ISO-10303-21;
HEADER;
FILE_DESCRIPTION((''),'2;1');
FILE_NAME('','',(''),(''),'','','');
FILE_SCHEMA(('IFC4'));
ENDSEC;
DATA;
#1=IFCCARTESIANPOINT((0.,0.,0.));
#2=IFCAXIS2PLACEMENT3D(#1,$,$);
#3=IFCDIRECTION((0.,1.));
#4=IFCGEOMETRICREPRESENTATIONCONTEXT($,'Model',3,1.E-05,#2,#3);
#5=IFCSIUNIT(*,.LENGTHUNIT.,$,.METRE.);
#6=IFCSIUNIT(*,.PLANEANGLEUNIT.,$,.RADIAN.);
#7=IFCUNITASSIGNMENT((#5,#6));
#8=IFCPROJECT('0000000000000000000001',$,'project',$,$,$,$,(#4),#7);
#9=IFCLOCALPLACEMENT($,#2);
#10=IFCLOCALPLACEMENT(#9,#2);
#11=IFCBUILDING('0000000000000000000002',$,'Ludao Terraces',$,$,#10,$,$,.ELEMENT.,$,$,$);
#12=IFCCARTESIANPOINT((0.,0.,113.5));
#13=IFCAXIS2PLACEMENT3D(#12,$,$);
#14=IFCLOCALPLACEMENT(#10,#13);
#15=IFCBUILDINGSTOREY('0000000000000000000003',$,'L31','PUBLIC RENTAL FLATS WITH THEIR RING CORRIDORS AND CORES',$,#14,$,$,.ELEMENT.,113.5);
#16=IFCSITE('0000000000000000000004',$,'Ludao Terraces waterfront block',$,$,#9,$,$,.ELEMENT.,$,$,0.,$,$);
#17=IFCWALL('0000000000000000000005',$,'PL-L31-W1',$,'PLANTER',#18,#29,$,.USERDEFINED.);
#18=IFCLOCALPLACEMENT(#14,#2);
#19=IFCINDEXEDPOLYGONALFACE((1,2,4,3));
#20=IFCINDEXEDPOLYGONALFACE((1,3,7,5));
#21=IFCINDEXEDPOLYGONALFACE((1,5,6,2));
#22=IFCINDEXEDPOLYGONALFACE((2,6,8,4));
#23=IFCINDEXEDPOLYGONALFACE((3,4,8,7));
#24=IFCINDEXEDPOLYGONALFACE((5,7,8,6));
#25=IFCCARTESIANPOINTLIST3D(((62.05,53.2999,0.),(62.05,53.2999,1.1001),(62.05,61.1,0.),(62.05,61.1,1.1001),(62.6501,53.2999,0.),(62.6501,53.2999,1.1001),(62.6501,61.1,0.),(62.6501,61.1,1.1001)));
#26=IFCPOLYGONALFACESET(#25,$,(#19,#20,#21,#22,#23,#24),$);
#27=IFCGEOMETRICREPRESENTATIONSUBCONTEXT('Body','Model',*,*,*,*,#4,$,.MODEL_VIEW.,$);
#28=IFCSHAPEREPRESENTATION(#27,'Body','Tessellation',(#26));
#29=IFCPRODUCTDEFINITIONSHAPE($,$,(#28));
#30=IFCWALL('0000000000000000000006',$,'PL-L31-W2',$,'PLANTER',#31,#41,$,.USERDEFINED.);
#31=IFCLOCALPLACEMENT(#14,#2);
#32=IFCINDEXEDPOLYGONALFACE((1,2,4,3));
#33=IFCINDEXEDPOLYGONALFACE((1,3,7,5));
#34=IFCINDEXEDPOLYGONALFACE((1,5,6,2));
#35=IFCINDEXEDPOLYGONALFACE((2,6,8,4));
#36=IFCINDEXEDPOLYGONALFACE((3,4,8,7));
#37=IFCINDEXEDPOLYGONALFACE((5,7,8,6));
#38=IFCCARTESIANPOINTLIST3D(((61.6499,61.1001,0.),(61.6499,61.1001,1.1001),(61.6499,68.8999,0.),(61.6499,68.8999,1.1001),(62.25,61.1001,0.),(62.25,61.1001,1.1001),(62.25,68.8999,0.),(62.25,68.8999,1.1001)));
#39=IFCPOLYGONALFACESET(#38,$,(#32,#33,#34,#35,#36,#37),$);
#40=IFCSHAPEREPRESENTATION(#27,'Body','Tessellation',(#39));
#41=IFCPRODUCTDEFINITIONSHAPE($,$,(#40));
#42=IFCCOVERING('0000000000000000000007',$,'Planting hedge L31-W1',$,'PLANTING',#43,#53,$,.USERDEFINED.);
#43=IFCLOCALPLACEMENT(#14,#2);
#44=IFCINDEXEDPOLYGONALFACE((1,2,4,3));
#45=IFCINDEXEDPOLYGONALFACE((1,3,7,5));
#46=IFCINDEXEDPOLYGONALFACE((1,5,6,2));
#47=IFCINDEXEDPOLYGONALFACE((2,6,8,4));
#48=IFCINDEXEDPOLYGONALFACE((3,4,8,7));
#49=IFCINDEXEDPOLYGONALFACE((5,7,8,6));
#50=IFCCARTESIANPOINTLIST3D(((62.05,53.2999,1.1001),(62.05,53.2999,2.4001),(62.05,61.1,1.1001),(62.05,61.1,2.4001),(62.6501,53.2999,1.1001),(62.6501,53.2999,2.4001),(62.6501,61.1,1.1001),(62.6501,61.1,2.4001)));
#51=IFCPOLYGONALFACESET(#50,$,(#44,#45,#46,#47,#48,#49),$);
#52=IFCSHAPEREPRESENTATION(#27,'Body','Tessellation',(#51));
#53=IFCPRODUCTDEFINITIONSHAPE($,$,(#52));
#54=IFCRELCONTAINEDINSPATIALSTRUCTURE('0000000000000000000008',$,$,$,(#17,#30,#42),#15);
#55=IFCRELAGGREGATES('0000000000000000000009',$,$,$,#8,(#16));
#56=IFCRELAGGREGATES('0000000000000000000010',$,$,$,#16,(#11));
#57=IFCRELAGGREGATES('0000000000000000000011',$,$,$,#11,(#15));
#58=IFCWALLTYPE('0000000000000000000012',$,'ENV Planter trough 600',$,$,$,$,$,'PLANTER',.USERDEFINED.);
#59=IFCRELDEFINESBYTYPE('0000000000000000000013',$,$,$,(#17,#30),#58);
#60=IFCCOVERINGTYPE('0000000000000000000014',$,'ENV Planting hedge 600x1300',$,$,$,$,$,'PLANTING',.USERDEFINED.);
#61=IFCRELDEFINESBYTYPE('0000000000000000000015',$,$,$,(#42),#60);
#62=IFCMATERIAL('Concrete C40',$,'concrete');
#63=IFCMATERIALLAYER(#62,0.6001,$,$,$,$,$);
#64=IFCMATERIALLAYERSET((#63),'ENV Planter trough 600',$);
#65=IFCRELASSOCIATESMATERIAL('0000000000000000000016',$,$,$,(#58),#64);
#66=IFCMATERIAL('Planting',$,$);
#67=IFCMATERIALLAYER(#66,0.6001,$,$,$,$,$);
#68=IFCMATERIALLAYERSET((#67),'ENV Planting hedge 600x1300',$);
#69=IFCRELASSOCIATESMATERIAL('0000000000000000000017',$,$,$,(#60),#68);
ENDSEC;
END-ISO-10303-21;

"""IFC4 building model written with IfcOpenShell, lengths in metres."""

from ifc_helpers import new_model, si_unit, direction, frame, frame_2d, origin, origin_2d, place, context, subcontext, project, spatial, rectangle, extrude, material, layer, layer_set, type_object, element, save


model = new_model("IFC4")

# Units and contexts
model_context = context("Model", 3, precision=1e-05, world=origin(), true_north=direction((0.0, 1.0)))
body_context = subcontext(model_context, "Body", "Model", "MODEL_VIEW")
ifc_project = project(units=[si_unit("LENGTHUNIT", "METRE"), si_unit("PLANEANGLEUNIT", "RADIAN")], contexts=[model_context])

# Site, building, storey
site_placement = place(None, origin())
site = spatial("IfcSite", under=ifc_project, at=site_placement, Name="Ludao Terraces waterfront block", CompositionType="ELEMENT", RefElevation=0.0)
building_placement = place(site_placement, origin())
building = spatial("IfcBuilding", under=site, at=building_placement, Name="Ludao Terraces", CompositionType="ELEMENT")
storey_placement = place(building_placement, frame((0.0, 0.0, 113.5)))
storey = spatial("IfcBuildingStorey", under=building, at=storey_placement, Name="L31", Description="PUBLIC RENTAL FLATS WITH THEIR RING CORRIDORS AND CORES", CompositionType="ELEMENT", Elevation=113.5)

# Shared definitions
ifc_material_1 = material(Name="Concrete C40", Category="concrete")

# Walls
ifc_layer_1 = layer(ifc_material_1, 0.6001)
ifc_layer_set_1 = layer_set([ifc_layer_1], Name="ENV Planter trough 600")
wall_type = type_object("IfcWallType", Name="ENV Planter trough 600", ElementType="PLANTER", PredefinedType="USERDEFINED", material=ifc_layer_set_1)
wall_1_placement = place(storey_placement, frame((62.3501, 53.3, 0.0), z_axis=(0.0, 0.0, 1.0), x_axis=(0.0, 1.0, 0.0)))
element("IfcWall", 1, at=wall_1_placement, inside=storey, type_object=wall_type, Name="PL-L31-W1", ObjectType="PLANTER", PredefinedType="USERDEFINED", context=body_context, shape_type="SweptSolid", body=[
    extrude(rectangle(XDim=7.8, YDim=0.6001, at=frame_2d((3.8999, 0.0))), origin(), (0.0, 0.0, 1.0), 1.1001),
])
wall_2_placement = place(storey_placement, frame((61.95, 61.1001, 0.0), z_axis=(0.0, 0.0, 1.0), x_axis=(0.0, 1.0, 0.0)))
element("IfcWall", 2, at=wall_2_placement, inside=storey, type_object=wall_type, Name="PL-L31-W2", ObjectType="PLANTER", PredefinedType="USERDEFINED", context=body_context, shape_type="SweptSolid", body=[
    extrude(rectangle(XDim=7.7998, YDim=0.6001, at=frame_2d((3.8999, 0.0))), origin(), (0.0, 0.0, 1.0), 1.1001),
])

# Covering
ifc_material_2 = material(Name="Planting")
ifc_layer_2 = layer(ifc_material_2, 0.6001)
ifc_layer_set_2 = layer_set([ifc_layer_2], Name="ENV Planting hedge 600x1300")
covering_type = type_object("IfcCoveringType", Name="ENV Planting hedge 600x1300", ElementType="PLANTING", PredefinedType="USERDEFINED", material=ifc_layer_set_2)
covering_placement = place(storey_placement, frame((62.3501, 57.2, 1.1001), z_axis=(0.0, 0.0, 1.0), x_axis=(1.0, 0.0, 0.0)))
element("IfcCovering", 3, at=covering_placement, inside=storey, type_object=covering_type, Name="Planting hedge L31-W1", ObjectType="PLANTING", PredefinedType="USERDEFINED", context=body_context, shape_type="SweptSolid", body=[
    extrude(rectangle(XDim=0.6001, YDim=7.8, at=origin_2d()), origin(), (0.0, 0.0, 1.0), 1.3),
])

save(model, "model.ifc")
